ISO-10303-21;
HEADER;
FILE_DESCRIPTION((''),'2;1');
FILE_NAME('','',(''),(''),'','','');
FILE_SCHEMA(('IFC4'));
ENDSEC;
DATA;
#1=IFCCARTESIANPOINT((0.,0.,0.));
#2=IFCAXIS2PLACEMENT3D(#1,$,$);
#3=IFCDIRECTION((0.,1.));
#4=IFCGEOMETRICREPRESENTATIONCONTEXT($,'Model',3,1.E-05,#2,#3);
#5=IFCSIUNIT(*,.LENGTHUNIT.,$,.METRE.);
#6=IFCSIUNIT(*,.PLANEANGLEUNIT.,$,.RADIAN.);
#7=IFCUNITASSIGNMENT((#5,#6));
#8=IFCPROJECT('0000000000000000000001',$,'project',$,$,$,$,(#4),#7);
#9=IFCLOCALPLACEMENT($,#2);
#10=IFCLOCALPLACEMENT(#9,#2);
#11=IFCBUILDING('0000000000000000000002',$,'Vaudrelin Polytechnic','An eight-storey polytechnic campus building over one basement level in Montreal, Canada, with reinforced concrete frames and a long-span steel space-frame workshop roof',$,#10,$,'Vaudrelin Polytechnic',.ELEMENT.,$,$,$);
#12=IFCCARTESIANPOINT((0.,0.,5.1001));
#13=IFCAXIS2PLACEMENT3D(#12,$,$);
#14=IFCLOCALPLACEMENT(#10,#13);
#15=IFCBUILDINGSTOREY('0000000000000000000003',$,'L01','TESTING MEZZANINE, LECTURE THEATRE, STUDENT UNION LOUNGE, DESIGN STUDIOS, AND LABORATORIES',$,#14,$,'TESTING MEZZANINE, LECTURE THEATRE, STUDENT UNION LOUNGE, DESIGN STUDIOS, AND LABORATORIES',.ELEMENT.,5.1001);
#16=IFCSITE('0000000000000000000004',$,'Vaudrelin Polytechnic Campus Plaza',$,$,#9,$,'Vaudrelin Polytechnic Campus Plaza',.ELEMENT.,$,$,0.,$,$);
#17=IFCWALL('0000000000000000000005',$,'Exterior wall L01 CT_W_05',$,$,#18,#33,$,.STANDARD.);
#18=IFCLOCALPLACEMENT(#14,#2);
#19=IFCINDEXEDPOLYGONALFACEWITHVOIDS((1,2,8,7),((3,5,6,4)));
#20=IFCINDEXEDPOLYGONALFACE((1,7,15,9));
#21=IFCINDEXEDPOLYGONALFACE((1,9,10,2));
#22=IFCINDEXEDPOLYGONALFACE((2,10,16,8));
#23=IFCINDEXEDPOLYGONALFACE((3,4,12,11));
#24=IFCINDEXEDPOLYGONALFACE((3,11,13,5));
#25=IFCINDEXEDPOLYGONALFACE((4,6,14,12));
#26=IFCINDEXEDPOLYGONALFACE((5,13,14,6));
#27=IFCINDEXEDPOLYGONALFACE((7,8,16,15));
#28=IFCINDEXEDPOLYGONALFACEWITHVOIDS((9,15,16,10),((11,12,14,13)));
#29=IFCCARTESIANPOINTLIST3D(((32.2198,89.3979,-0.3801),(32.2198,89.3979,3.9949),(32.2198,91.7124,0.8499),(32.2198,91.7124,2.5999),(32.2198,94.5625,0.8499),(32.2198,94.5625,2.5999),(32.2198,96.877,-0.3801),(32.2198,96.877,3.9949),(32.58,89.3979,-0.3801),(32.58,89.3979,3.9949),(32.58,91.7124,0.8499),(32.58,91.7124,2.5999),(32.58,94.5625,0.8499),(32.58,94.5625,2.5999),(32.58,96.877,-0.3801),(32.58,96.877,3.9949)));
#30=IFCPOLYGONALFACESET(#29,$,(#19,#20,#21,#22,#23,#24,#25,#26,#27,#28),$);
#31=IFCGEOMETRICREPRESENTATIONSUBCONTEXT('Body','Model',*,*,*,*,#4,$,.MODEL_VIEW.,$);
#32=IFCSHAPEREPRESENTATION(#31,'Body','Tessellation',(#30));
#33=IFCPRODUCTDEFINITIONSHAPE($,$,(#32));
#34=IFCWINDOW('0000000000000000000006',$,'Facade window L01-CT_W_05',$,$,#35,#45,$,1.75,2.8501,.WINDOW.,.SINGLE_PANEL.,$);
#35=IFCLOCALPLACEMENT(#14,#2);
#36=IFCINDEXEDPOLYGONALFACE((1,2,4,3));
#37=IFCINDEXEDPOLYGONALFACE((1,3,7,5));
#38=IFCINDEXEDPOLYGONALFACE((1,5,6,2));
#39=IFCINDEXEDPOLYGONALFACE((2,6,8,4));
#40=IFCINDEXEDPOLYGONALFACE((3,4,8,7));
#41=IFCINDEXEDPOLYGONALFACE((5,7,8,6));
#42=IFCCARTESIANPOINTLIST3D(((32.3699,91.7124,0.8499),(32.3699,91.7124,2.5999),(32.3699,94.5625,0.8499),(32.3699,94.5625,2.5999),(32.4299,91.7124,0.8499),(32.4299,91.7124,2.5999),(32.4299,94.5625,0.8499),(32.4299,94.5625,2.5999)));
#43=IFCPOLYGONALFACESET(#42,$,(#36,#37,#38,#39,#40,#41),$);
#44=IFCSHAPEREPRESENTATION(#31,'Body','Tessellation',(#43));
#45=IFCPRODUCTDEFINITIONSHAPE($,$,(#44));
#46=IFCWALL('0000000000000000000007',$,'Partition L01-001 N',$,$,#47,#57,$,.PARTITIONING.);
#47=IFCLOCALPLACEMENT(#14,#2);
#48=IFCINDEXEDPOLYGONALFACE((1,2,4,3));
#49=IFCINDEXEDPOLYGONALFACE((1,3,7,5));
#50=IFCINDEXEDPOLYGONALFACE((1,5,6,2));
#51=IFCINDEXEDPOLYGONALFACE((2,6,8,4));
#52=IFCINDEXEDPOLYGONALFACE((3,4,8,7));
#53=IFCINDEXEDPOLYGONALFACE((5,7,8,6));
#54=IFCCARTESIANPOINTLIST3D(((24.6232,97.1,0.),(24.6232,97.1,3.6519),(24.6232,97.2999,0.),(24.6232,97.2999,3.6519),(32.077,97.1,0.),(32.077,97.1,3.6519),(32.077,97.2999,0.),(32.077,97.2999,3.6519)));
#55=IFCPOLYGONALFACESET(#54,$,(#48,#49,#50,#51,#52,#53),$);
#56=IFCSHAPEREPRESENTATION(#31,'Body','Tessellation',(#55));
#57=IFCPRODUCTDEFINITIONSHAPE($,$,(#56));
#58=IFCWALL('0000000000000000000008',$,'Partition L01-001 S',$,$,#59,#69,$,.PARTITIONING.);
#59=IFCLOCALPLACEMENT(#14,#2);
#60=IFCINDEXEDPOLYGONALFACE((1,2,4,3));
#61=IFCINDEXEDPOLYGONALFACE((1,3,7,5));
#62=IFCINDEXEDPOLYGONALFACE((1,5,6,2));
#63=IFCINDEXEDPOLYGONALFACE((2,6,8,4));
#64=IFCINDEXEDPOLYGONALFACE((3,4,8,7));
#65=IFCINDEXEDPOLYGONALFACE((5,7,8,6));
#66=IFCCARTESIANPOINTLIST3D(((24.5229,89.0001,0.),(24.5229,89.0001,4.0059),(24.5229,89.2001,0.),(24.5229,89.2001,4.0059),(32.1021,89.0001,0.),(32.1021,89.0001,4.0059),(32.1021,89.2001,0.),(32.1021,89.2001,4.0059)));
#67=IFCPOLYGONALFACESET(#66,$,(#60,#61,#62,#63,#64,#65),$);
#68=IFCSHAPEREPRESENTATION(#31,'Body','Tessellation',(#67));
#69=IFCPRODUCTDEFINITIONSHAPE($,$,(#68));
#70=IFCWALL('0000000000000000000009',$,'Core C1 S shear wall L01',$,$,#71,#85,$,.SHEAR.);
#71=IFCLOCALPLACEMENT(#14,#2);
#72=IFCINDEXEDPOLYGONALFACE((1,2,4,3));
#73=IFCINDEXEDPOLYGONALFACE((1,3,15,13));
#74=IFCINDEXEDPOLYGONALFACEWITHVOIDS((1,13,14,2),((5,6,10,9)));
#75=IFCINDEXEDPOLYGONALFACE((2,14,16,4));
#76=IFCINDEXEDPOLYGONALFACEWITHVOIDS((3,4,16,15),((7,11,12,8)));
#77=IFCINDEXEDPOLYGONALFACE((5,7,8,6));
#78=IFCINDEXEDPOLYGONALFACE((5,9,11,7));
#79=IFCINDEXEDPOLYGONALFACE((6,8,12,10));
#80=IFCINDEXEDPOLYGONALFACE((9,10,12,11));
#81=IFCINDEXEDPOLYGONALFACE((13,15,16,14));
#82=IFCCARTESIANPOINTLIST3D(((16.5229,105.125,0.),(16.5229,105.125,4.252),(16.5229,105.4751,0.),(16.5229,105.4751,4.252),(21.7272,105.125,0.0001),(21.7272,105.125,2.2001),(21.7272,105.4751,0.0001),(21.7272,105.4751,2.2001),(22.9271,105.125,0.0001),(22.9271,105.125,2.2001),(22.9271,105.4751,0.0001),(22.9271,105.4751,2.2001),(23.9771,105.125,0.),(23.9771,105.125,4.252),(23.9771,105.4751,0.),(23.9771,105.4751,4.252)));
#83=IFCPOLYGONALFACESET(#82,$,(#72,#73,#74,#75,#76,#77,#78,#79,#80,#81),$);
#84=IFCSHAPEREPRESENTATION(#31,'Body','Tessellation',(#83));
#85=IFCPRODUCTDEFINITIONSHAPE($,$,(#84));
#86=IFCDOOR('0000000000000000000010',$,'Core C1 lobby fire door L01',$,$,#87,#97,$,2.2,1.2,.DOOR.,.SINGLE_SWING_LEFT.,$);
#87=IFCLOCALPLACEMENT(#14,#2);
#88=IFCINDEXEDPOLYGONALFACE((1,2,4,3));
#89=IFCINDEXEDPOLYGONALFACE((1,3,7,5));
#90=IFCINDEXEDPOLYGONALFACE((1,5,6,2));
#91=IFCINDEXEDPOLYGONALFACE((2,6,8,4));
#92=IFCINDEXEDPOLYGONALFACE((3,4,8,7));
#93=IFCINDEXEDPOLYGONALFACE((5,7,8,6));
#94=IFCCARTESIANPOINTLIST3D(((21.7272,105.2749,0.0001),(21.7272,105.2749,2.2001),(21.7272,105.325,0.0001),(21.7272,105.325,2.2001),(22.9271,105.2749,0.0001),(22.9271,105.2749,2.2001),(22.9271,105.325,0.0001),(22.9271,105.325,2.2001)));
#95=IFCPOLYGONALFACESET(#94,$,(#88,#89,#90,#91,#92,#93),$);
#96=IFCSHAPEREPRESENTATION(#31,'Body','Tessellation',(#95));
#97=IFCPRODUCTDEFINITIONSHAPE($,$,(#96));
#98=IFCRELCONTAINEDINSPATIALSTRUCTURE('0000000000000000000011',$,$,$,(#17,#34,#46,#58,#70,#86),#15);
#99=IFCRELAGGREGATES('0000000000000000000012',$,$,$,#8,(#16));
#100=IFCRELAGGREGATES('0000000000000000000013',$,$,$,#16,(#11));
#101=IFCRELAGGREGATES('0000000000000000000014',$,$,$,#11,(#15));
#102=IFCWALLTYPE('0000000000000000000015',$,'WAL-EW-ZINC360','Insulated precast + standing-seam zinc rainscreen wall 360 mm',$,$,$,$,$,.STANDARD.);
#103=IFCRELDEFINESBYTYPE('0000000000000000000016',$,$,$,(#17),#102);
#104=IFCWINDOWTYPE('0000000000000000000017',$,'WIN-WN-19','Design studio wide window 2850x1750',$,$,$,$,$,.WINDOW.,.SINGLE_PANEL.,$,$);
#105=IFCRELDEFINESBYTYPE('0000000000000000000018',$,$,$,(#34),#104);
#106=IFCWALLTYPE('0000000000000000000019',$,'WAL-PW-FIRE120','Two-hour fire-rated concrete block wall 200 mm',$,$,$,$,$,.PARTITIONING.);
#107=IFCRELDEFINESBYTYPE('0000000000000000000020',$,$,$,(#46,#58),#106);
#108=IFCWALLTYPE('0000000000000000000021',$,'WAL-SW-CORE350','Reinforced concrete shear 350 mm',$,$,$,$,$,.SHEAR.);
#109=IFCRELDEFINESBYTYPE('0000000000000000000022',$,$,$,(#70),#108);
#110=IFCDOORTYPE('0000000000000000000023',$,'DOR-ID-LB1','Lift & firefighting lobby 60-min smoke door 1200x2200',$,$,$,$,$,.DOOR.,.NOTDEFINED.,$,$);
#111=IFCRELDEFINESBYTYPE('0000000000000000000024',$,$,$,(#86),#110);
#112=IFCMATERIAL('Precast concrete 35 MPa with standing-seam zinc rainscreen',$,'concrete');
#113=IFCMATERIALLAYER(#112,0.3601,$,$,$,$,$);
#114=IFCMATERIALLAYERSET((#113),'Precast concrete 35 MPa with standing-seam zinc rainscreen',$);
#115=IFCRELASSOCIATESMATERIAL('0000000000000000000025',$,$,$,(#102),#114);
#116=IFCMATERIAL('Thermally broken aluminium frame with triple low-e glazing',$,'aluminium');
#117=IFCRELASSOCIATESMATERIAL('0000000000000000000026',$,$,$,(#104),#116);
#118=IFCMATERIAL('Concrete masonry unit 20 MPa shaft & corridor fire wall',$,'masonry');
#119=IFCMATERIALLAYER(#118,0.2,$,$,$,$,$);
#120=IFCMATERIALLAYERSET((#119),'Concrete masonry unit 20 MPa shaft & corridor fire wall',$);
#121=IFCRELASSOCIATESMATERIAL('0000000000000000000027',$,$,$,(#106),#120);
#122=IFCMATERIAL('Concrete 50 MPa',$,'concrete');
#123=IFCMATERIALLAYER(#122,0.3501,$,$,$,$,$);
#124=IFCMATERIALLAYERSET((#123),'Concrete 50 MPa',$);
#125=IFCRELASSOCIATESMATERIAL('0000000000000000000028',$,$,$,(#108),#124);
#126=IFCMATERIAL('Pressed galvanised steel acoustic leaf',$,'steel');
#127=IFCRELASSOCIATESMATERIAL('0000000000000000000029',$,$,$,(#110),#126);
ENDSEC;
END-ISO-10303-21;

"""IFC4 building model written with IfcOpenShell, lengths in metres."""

from ifc_helpers import new_model, si_unit, direction, frame, frame_2d, origin, place, context, subcontext, project, spatial, rectangle, extrude, material, layer, layer_set, type_object, element, fill, save


model = new_model("IFC4")

# Units and contexts
model_context = context("Model", 3, precision=1e-05, world=origin(), true_north=direction((0.0, 1.0)))
body_context = subcontext(model_context, "Body", "Model", "MODEL_VIEW")
ifc_project = project(units=[si_unit("LENGTHUNIT", "METRE"), si_unit("PLANEANGLEUNIT", "RADIAN")], contexts=[model_context])

# Site, building, storey
site_placement = place(None, origin())
site = spatial("IfcSite", under=ifc_project, at=site_placement, Name="Vaudrelin Polytechnic Campus Plaza", LongName="Vaudrelin Polytechnic Campus Plaza", CompositionType="ELEMENT", RefElevation=0.0)
building_placement = place(site_placement, origin())
building = spatial("IfcBuilding", under=site, at=building_placement, Name="Vaudrelin Polytechnic", Description="An eight-storey polytechnic campus building over one basement level in Montreal, Canada, with reinforced concrete frames and a long-span steel space-frame workshop roof", LongName="Vaudrelin Polytechnic", CompositionType="ELEMENT")
storey_placement = place(building_placement, frame((0.0, 0.0, 5.1001)))
storey = spatial("IfcBuildingStorey", under=building, at=storey_placement, Name="L01", Description="TESTING MEZZANINE, LECTURE THEATRE, STUDENT UNION LOUNGE, DESIGN STUDIOS, AND LABORATORIES", LongName="TESTING MEZZANINE, LECTURE THEATRE, STUDENT UNION LOUNGE, DESIGN STUDIOS, AND LABORATORIES", CompositionType="ELEMENT", Elevation=5.1001)

# Shared definitions
ifc_material_1 = material(Name="Concrete 50 MPa", Category="concrete")

# Wall, opening, window
ifc_material_2 = material(Name="Precast concrete 35 MPa with standing-seam zinc rainscreen", Category="concrete")
ifc_layer_1 = layer(ifc_material_2, 0.3601)
ifc_layer_set_1 = layer_set([ifc_layer_1], Name="Precast concrete 35 MPa with standing-seam zinc rainscreen")
wall_type_1 = type_object("IfcWallType", Name="WAL-EW-ZINC360", Description="Insulated precast + standing-seam zinc rainscreen wall 360 mm", PredefinedType="STANDARD", material=ifc_layer_set_1)
wall_1_placement = place(storey_placement, frame((32.3999, 89.3979, -0.3801), z_axis=(0.0, 0.0, 1.0), x_axis=(0.0, 1.0, 0.0)))
wall_1 = element("IfcWall", 1, at=wall_1_placement, inside=storey, type_object=wall_type_1, Name="Exterior wall L01 CT_W_05", PredefinedType="STANDARD", context=body_context, shape_type="SweptSolid", body=[
    extrude(rectangle(XDim=7.479, YDim=0.3601, at=frame_2d((3.7395, 0.0))), origin(), (0.0, 0.0, 1.0), 4.375),
])
opening_1_placement = place(wall_1_placement, frame((2.3145, 0.0, 1.23)))
opening_1 = element("IfcOpeningElement", 2, at=opening_1_placement, cuts=wall_1, PredefinedType="OPENING", context=body_context, shape_type="SweptSolid", body=[
    extrude(rectangle(XDim=2.8501, YDim=1.75, at=frame_2d((1.425, 0.875))), frame((0.0, 0.1899, 0.0), z_axis=(0.0, -1.0, 0.0), x_axis=(1.0, 0.0, 0.0)), (0.0, 0.0, 1.0), 0.3801),
])
ifc_material_3 = material(Name="Thermally broken aluminium frame with triple low-e glazing", Category="aluminium")
window_type = type_object("IfcWindowType", Name="WIN-WN-19", Description="Design studio wide window 2850x1750", PartitioningType="SINGLE_PANEL", PredefinedType="WINDOW", material=ifc_material_3)
window_placement = place(opening_1_placement, origin())
window = element("IfcWindow", 3, at=window_placement, inside=storey, type_object=window_type, Name="Facade window L01-CT_W_05", OverallHeight=1.75, OverallWidth=2.8501, PartitioningType="SINGLE_PANEL", PredefinedType="WINDOW", context=body_context, shape_type="SweptSolid", body=[
    extrude(rectangle(XDim=2.8501, YDim=1.75, at=frame_2d((1.425, 0.875))), frame((0.0, 0.03, 0.0), z_axis=(0.0, -1.0, 0.0), x_axis=(1.0, 0.0, 0.0)), (0.0, 0.0, 1.0), 0.0601),
])
fill(opening_1, window)

# Walls
ifc_material_4 = material(Name="Concrete masonry unit 20 MPa shaft & corridor fire wall", Category="masonry")
ifc_layer_2 = layer(ifc_material_4, 0.2)
ifc_layer_set_2 = layer_set([ifc_layer_2], Name="Concrete masonry unit 20 MPa shaft & corridor fire wall")
wall_type_2 = type_object("IfcWallType", Name="WAL-PW-FIRE120", Description="Two-hour fire-rated concrete block wall 200 mm", PredefinedType="PARTITIONING", material=ifc_layer_set_2)
wall_2_placement = place(storey_placement, frame((24.623, 97.2, 0.0), z_axis=(0.0, 0.0, 1.0), x_axis=(1.0, 0.0, 0.0)))
element("IfcWall", 4, at=wall_2_placement, inside=storey, type_object=wall_type_2, Name="Partition L01-001 N", PredefinedType="PARTITIONING", context=body_context, shape_type="SweptSolid", body=[
    extrude(rectangle(XDim=7.4539, YDim=0.2, at=frame_2d((3.7271, 0.0))), origin(), (0.0, 0.0, 1.0), 3.6519),
])
wall_3_placement = place(storey_placement, frame((24.5229, 89.1001, 0.0), z_axis=(0.0, 0.0, 1.0), x_axis=(1.0, 0.0, 0.0)))
element("IfcWall", 5, at=wall_3_placement, inside=storey, type_object=wall_type_2, Name="Partition L01-001 S", PredefinedType="PARTITIONING", context=body_context, shape_type="SweptSolid", body=[
    extrude(rectangle(XDim=7.5791, YDim=0.2, at=frame_2d((3.7896, 0.0))), origin(), (0.0, 0.0, 1.0), 4.0059),
])

# Wall, opening, door
ifc_layer_3 = layer(ifc_material_1, 0.3501)
ifc_layer_set_3 = layer_set([ifc_layer_3], Name="Concrete 50 MPa")
wall_type_3 = type_object("IfcWallType", Name="WAL-SW-CORE350", Description="Reinforced concrete shear 350 mm", PredefinedType="SHEAR", material=ifc_layer_set_3)
wall_4_placement = place(storey_placement, frame((16.5229, 105.3, 0.0), z_axis=(0.0, 0.0, 1.0), x_axis=(1.0, 0.0, 0.0)))
wall_4 = element("IfcWall", 6, at=wall_4_placement, inside=storey, type_object=wall_type_3, Name="Core C1 S shear wall L01", PredefinedType="SHEAR", context=body_context, shape_type="SweptSolid", body=[
    extrude(rectangle(XDim=7.4541, YDim=0.3501, at=frame_2d((3.7271, 0.0))), origin(), (0.0, 0.0, 1.0), 4.252),
])
opening_2_placement = place(wall_4_placement, frame((5.2041, 0.0, 0.0)))
opening_2 = element("IfcOpeningElement", 7, at=opening_2_placement, cuts=wall_4, PredefinedType="OPENING", context=body_context, shape_type="SweptSolid", body=[
    extrude(rectangle(XDim=1.2, YDim=2.2, at=frame_2d((0.6001, 1.1001))), frame((0.0, 0.1851, 0.0), z_axis=(0.0, -1.0, 0.0), x_axis=(1.0, 0.0, 0.0)), (0.0, 0.0, 1.0), 0.3701),
])
ifc_material_5 = material(Name="Pressed galvanised steel acoustic leaf", Category="steel")
door_type = type_object("IfcDoorType", Name="DOR-ID-LB1", Description="Lift & firefighting lobby 60-min smoke door 1200x2200", OperationType="NOTDEFINED", PredefinedType="DOOR", material=ifc_material_5)
door_placement = place(opening_2_placement, origin())
door = element("IfcDoor", 8, at=door_placement, inside=storey, type_object=door_type, Name="Core C1 lobby fire door L01", OperationType="SINGLE_SWING_LEFT", OverallHeight=2.2, OverallWidth=1.2, PredefinedType="DOOR", context=body_context, shape_type="SweptSolid", body=[
    extrude(rectangle(XDim=1.2, YDim=2.2, at=frame_2d((0.6001, 1.1001))), frame((0.0, 0.0249, 0.0), z_axis=(0.0, -1.0, 0.0), x_axis=(1.0, 0.0, 0.0)), (0.0, 0.0, 1.0), 0.05),
])
fill(opening_2, door)

save(model, "model.ifc")
